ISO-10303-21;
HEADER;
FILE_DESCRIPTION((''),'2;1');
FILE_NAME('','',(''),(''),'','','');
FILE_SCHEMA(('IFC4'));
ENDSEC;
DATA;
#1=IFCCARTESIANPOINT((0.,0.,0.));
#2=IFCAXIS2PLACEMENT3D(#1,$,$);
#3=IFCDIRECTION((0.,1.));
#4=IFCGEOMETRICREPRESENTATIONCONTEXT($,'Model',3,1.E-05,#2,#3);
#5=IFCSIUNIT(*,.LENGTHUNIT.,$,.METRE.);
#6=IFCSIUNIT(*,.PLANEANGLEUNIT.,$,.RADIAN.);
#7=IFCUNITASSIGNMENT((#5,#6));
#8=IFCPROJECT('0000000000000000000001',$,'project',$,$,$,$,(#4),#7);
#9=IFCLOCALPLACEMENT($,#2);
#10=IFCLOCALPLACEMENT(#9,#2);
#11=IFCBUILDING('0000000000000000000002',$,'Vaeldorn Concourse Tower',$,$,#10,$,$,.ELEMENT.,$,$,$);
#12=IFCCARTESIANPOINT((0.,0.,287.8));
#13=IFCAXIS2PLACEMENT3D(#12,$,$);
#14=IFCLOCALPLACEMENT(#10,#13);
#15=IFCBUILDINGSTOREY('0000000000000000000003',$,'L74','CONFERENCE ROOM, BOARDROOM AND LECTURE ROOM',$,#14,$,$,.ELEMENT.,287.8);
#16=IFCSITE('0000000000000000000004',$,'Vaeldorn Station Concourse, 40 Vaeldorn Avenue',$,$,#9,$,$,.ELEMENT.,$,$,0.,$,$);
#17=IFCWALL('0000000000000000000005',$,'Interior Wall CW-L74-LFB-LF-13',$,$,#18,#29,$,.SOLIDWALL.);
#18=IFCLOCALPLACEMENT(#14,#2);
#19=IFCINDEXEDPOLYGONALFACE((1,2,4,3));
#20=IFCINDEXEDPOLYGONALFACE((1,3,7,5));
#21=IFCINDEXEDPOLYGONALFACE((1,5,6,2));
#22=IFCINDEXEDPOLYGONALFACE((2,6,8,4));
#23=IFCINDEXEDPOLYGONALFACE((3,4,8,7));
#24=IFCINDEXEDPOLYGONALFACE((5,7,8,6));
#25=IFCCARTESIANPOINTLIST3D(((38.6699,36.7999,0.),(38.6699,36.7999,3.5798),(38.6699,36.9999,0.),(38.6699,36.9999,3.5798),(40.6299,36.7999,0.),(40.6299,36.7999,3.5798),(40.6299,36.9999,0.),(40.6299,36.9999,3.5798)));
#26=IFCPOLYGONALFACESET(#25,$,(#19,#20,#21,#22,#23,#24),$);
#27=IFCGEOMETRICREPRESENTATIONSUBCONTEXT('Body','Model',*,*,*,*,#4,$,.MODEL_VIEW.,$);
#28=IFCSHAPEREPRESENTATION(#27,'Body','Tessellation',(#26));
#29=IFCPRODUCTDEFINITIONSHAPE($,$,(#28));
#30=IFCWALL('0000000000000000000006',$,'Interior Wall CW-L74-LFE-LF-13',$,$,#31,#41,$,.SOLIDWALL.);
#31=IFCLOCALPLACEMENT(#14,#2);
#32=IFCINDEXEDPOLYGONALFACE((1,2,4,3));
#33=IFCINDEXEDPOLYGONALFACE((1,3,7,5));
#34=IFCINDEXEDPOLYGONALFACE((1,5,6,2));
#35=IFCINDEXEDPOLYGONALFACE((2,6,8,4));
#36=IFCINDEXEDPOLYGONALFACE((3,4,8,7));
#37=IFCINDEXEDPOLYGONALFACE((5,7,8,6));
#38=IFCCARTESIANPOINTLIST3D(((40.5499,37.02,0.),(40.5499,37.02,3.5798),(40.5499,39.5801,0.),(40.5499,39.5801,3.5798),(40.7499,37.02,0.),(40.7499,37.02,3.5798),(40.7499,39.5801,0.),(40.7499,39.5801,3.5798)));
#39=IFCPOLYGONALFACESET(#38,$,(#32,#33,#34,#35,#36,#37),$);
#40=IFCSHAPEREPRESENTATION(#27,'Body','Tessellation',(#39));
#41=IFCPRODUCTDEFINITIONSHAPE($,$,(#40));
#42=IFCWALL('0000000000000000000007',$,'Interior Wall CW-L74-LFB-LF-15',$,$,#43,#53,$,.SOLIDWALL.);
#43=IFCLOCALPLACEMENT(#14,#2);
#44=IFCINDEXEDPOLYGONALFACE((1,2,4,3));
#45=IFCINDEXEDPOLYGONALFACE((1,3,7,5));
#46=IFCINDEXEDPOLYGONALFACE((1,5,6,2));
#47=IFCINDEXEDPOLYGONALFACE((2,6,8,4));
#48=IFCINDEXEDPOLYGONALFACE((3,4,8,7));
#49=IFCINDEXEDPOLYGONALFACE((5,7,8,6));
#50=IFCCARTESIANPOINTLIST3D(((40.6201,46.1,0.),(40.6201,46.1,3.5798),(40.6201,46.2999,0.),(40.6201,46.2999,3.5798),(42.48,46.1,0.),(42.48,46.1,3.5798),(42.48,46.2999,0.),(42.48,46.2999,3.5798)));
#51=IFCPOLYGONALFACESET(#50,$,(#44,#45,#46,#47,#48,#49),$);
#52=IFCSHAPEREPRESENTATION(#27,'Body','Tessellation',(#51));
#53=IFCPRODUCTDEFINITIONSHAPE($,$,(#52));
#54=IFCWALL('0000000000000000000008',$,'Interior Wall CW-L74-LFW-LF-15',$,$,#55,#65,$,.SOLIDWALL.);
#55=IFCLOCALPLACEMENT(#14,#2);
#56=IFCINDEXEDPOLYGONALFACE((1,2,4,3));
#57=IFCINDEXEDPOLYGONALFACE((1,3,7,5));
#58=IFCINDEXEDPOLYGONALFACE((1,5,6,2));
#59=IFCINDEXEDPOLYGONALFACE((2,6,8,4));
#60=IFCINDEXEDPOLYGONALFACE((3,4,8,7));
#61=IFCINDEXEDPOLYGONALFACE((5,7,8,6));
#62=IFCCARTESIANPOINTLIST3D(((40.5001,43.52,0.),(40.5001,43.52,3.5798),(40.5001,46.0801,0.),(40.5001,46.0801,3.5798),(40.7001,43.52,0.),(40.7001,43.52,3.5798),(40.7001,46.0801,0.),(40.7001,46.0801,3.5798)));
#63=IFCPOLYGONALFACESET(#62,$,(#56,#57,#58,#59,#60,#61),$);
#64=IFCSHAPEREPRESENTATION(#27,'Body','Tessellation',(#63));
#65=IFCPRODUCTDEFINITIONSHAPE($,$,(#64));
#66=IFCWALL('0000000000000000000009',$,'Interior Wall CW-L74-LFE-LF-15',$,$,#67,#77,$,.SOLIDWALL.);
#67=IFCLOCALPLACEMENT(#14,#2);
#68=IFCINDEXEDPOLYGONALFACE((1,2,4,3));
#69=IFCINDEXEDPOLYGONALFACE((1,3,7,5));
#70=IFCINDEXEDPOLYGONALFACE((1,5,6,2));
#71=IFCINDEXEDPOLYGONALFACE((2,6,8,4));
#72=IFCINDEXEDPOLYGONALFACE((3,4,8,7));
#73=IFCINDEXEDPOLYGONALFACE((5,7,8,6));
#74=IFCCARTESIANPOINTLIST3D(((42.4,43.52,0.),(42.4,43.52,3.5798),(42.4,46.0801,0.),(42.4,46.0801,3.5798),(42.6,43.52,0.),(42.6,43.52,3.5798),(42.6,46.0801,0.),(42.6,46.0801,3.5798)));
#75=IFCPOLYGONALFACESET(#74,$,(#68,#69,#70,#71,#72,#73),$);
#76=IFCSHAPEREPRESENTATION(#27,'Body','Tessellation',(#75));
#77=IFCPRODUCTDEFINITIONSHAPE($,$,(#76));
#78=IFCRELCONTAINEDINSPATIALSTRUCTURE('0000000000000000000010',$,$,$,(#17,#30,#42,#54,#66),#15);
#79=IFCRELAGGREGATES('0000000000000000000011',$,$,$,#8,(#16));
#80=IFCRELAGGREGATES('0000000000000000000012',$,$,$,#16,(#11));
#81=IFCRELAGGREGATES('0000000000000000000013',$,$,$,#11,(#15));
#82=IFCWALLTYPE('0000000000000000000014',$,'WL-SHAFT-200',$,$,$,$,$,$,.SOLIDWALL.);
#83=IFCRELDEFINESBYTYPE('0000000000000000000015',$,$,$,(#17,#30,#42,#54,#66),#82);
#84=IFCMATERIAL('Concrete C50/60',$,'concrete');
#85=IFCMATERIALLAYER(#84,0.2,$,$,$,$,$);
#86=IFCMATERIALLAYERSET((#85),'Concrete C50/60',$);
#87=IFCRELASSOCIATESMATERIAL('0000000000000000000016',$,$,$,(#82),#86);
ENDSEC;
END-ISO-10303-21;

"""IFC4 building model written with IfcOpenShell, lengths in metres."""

from ifc_helpers import new_model, si_unit, direction, frame, frame_2d, origin, place, context, subcontext, project, spatial, rectangle, extrude, material, layer, layer_set, type_object, element, save


model = new_model("IFC4")

# Units and contexts
model_context = context("Model", 3, precision=1e-05, world=origin(), true_north=direction((0.0, 1.0)))
body_context = subcontext(model_context, "Body", "Model", "MODEL_VIEW")
ifc_project = project(units=[si_unit("LENGTHUNIT", "METRE"), si_unit("PLANEANGLEUNIT", "RADIAN")], contexts=[model_context])

# Site, building, storey
site_placement = place(None, origin())
site = spatial("IfcSite", under=ifc_project, at=site_placement, Name="Vaeldorn Station Concourse, 40 Vaeldorn Avenue", CompositionType="ELEMENT", RefElevation=0.0)
building_placement = place(site_placement, origin())
building = spatial("IfcBuilding", under=site, at=building_placement, Name="Vaeldorn Concourse Tower", CompositionType="ELEMENT")
storey_placement = place(building_placement, frame((0.0, 0.0, 287.8)))
storey = spatial("IfcBuildingStorey", under=building, at=storey_placement, Name="L74", Description="CONFERENCE ROOM, BOARDROOM AND LECTURE ROOM", CompositionType="ELEMENT", Elevation=287.8)

# Shared definitions
ifc_material_1 = material(Name="Concrete C50/60", Category="concrete")

# Shared definitions
ifc_layer_1 = layer(ifc_material_1, 0.2)
ifc_layer_set_1 = layer_set([ifc_layer_1], Name="Concrete C50/60")
wall_type_1 = type_object("IfcWallType", Name="WL-SHAFT-200", PredefinedType="SOLIDWALL", material=ifc_layer_set_1)

# Walls
wall_1_placement = place(storey_placement, frame((38.6699, 36.8999, 0.0), z_axis=(0.0, 0.0, 1.0), x_axis=(1.0, 0.0, 0.0)))
element("IfcWall", 1, at=wall_1_placement, inside=storey, type_object=wall_type_1, Name="Interior Wall CW-L74-LFB-LF-13", PredefinedType="SOLIDWALL", context=body_context, shape_type="SweptSolid", body=[
    extrude(rectangle(XDim=1.96, YDim=0.2, at=frame_2d((0.98, 0.0))), origin(), (0.0, 0.0, 1.0), 3.5798),
])
wall_2_placement = place(storey_placement, frame((40.6499, 37.02, 0.0), z_axis=(0.0, 0.0, 1.0), x_axis=(0.0, 1.0, 0.0)))
element("IfcWall", 2, at=wall_2_placement, inside=storey, type_object=wall_type_1, Name="Interior Wall CW-L74-LFE-LF-13", PredefinedType="SOLIDWALL", context=body_context, shape_type="SweptSolid", body=[
    extrude(rectangle(XDim=2.5601, YDim=0.2, at=frame_2d((1.28, 0.0))), origin(), (0.0, 0.0, 1.0), 3.5798),
])

# Walls
wall_3_placement = place(storey_placement, frame((40.6201, 46.2, 0.0), z_axis=(0.0, 0.0, 1.0), x_axis=(1.0, 0.0, 0.0)))
element("IfcWall", 3, at=wall_3_placement, inside=storey, type_object=wall_type_1, Name="Interior Wall CW-L74-LFB-LF-15", PredefinedType="SOLIDWALL", context=body_context, shape_type="SweptSolid", body=[
    extrude(rectangle(XDim=1.8599, YDim=0.2, at=frame_2d((0.9299, 0.0))), origin(), (0.0, 0.0, 1.0), 3.5798),
])
for number, where, z_axis, x_axis, name in (
    (4, (40.6001, 43.52, 0.0), (0.0, 0.0, 1.0), (0.0, 1.0, 0.0), "Interior Wall CW-L74-LFW-LF-15"),
    (5, (42.5, 43.52, 0.0), (0.0, 0.0, 1.0), (0.0, 1.0, 0.0), "Interior Wall CW-L74-LFE-LF-15"),
):
    element("IfcWall", number, at=place(storey_placement, frame(where, z_axis=z_axis, x_axis=x_axis)), inside=storey, type_object=wall_type_1, Name=name, PredefinedType="SOLIDWALL", context=body_context, shape_type="SweptSolid", body=[
        extrude(rectangle(XDim=2.5601, YDim=0.2, at=frame_2d((1.28, 0.0))), origin(), (0.0, 0.0, 1.0), 3.5798),
    ])

save(model, "model.ifc")
